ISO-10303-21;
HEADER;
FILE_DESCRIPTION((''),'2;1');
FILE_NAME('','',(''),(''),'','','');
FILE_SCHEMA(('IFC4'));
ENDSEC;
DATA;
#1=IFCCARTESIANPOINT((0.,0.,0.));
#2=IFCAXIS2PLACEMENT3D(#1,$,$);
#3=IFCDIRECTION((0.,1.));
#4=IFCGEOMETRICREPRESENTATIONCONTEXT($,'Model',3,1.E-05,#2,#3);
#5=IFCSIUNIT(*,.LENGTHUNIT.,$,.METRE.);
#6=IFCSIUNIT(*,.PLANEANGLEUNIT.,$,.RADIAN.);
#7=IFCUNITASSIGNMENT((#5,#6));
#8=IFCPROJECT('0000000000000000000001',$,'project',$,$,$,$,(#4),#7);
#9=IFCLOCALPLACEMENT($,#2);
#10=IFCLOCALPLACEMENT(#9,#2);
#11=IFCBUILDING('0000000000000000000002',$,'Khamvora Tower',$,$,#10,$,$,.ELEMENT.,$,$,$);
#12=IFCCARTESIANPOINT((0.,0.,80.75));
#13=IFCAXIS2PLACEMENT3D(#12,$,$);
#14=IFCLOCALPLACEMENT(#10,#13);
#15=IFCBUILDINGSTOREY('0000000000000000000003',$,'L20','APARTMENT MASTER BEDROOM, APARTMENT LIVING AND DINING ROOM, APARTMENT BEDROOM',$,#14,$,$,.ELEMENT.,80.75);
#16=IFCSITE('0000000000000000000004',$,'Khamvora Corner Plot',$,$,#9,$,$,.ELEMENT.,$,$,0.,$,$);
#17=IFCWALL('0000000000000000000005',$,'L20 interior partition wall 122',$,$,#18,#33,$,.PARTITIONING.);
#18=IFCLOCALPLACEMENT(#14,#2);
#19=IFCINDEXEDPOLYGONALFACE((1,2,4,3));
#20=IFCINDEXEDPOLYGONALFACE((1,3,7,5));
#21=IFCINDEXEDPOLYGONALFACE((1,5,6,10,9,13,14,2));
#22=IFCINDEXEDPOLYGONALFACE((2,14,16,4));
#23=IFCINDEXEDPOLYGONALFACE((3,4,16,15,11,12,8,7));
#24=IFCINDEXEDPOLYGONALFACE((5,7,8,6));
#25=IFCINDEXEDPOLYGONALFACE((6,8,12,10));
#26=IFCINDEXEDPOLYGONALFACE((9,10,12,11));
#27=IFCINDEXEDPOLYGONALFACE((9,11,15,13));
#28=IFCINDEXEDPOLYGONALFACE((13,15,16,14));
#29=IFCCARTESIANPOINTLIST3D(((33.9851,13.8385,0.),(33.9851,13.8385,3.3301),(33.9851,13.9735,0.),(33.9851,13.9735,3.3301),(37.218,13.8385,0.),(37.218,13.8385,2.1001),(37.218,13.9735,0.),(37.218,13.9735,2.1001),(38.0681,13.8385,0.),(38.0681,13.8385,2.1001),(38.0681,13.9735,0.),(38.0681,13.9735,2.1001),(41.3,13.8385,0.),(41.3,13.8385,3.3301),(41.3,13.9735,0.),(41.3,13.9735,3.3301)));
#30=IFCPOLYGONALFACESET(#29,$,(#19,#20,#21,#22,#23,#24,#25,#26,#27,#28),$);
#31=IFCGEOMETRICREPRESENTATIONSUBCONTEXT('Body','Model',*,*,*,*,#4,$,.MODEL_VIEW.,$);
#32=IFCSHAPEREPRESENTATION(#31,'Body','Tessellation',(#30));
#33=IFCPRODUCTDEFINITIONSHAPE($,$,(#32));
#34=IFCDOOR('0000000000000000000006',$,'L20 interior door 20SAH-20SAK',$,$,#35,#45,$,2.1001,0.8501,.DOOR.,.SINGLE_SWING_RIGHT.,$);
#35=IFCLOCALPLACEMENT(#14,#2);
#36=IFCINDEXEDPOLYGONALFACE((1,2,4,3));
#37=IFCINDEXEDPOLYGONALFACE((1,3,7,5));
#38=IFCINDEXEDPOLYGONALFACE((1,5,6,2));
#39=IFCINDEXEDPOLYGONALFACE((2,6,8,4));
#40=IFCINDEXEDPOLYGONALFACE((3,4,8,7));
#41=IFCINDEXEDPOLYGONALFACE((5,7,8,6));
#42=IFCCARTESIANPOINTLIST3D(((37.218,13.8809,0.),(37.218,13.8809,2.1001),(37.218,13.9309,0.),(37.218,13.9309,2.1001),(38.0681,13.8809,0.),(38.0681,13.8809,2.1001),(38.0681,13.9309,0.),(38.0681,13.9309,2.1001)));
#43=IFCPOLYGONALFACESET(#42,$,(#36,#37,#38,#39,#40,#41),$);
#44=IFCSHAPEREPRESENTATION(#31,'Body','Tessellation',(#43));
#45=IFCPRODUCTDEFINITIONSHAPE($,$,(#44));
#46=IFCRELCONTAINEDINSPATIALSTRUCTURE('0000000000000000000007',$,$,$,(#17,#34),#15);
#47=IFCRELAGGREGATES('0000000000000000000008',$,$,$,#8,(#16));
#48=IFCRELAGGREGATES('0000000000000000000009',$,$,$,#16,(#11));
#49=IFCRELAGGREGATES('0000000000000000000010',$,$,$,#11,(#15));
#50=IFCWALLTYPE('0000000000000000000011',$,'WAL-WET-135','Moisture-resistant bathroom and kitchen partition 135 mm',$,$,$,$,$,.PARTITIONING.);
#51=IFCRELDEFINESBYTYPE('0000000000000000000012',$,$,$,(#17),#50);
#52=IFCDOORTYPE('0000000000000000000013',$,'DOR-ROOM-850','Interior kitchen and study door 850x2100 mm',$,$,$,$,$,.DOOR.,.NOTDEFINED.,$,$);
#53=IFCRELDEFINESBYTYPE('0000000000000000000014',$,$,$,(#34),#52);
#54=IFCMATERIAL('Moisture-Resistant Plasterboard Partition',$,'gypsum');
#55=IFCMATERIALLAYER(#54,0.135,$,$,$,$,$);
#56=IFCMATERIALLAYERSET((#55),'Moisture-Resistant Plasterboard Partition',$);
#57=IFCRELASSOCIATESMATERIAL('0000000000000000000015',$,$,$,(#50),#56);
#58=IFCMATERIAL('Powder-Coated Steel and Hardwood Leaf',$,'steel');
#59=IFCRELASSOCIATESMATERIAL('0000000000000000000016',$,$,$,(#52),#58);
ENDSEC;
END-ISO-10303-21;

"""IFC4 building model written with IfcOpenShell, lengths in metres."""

from ifc_helpers import new_model, si_unit, direction, frame, frame_2d, origin, place, context, subcontext, project, spatial, rectangle, extrude, material, layer, layer_set, type_object, element, fill, save


model = new_model("IFC4")

# Units and contexts
model_context = context("Model", 3, precision=1e-05, world=origin(), true_north=direction((0.0, 1.0)))
body_context = subcontext(model_context, "Body", "Model", "MODEL_VIEW")
ifc_project = project(units=[si_unit("LENGTHUNIT", "METRE"), si_unit("PLANEANGLEUNIT", "RADIAN")], contexts=[model_context])

# Site, building, storey
site_placement = place(None, origin())
site = spatial("IfcSite", under=ifc_project, at=site_placement, Name="Khamvora Corner Plot", CompositionType="ELEMENT", RefElevation=0.0)
building_placement = place(site_placement, origin())
building = spatial("IfcBuilding", under=site, at=building_placement, Name="Khamvora Tower", CompositionType="ELEMENT")
storey_placement = place(building_placement, frame((0.0, 0.0, 80.75)))
storey = spatial("IfcBuildingStorey", under=building, at=storey_placement, Name="L20", Description="APARTMENT MASTER BEDROOM, APARTMENT LIVING AND DINING ROOM, APARTMENT BEDROOM", CompositionType="ELEMENT", Elevation=80.75)

# Shared definitions
ifc_material_1 = material(Name="Powder-Coated Steel and Hardwood Leaf", Category="steel")

# Shared definitions
ifc_material_2 = material(Name="Moisture-Resistant Plasterboard Partition", Category="gypsum")
ifc_layer_1 = layer(ifc_material_2, 0.135)
ifc_layer_set_1 = layer_set([ifc_layer_1], Name="Moisture-Resistant Plasterboard Partition")
wall_type_1 = type_object("IfcWallType", Name="WAL-WET-135", Description="Moisture-resistant bathroom and kitchen partition 135 mm", PredefinedType="PARTITIONING", material=ifc_layer_set_1)

# Wall, opening, door
wall_1_placement = place(storey_placement, frame((33.9851, 13.906, 0.0), z_axis=(0.0, 0.0, 1.0), x_axis=(1.0, 0.0, 0.0)))
wall_1 = element("IfcWall", 1, at=wall_1_placement, inside=storey, type_object=wall_type_1, Name="L20 interior partition wall 122", PredefinedType="PARTITIONING", context=body_context, shape_type="SweptSolid", body=[
    extrude(rectangle(XDim=7.3149, YDim=0.135, at=frame_2d((3.6575, 0.0))), origin(), (0.0, 0.0, 1.0), 3.3301),
])
opening_1_placement = place(wall_1_placement, frame((3.2329, 0.0, 0.0)))
opening_1 = element("IfcOpeningElement", 2, at=opening_1_placement, cuts=wall_1, PredefinedType="OPENING", context=body_context, shape_type="SweptSolid", body=[
    extrude(rectangle(XDim=0.8501, YDim=2.1001, at=frame_2d((0.425, 1.05))), frame((0.0, 0.0774, 0.0), z_axis=(0.0, -1.0, 0.0), x_axis=(1.0, 0.0, 0.0)), (0.0, 0.0, 1.0), 0.155),
])
door_type_1 = type_object("IfcDoorType", Name="DOR-ROOM-850", Description="Interior kitchen and study door 850x2100 mm", OperationType="NOTDEFINED", PredefinedType="DOOR", material=ifc_material_1)
door_1_placement = place(opening_1_placement, origin())
door_1 = element("IfcDoor", 3, at=door_1_placement, inside=storey, type_object=door_type_1, Name="L20 interior door 20SAH-20SAK", OperationType="SINGLE_SWING_RIGHT", OverallHeight=2.1001, OverallWidth=0.8501, PredefinedType="DOOR", context=body_context, shape_type="SweptSolid", body=[
    extrude(rectangle(XDim=0.8501, YDim=2.1001, at=frame_2d((0.425, 1.05))), frame((0.0, 0.0249, 0.0), z_axis=(0.0, -1.0, 0.0), x_axis=(1.0, 0.0, 0.0)), (0.0, 0.0, 1.0), 0.05),
])
fill(opening_1, door_1)

save(model, "model.ifc")
